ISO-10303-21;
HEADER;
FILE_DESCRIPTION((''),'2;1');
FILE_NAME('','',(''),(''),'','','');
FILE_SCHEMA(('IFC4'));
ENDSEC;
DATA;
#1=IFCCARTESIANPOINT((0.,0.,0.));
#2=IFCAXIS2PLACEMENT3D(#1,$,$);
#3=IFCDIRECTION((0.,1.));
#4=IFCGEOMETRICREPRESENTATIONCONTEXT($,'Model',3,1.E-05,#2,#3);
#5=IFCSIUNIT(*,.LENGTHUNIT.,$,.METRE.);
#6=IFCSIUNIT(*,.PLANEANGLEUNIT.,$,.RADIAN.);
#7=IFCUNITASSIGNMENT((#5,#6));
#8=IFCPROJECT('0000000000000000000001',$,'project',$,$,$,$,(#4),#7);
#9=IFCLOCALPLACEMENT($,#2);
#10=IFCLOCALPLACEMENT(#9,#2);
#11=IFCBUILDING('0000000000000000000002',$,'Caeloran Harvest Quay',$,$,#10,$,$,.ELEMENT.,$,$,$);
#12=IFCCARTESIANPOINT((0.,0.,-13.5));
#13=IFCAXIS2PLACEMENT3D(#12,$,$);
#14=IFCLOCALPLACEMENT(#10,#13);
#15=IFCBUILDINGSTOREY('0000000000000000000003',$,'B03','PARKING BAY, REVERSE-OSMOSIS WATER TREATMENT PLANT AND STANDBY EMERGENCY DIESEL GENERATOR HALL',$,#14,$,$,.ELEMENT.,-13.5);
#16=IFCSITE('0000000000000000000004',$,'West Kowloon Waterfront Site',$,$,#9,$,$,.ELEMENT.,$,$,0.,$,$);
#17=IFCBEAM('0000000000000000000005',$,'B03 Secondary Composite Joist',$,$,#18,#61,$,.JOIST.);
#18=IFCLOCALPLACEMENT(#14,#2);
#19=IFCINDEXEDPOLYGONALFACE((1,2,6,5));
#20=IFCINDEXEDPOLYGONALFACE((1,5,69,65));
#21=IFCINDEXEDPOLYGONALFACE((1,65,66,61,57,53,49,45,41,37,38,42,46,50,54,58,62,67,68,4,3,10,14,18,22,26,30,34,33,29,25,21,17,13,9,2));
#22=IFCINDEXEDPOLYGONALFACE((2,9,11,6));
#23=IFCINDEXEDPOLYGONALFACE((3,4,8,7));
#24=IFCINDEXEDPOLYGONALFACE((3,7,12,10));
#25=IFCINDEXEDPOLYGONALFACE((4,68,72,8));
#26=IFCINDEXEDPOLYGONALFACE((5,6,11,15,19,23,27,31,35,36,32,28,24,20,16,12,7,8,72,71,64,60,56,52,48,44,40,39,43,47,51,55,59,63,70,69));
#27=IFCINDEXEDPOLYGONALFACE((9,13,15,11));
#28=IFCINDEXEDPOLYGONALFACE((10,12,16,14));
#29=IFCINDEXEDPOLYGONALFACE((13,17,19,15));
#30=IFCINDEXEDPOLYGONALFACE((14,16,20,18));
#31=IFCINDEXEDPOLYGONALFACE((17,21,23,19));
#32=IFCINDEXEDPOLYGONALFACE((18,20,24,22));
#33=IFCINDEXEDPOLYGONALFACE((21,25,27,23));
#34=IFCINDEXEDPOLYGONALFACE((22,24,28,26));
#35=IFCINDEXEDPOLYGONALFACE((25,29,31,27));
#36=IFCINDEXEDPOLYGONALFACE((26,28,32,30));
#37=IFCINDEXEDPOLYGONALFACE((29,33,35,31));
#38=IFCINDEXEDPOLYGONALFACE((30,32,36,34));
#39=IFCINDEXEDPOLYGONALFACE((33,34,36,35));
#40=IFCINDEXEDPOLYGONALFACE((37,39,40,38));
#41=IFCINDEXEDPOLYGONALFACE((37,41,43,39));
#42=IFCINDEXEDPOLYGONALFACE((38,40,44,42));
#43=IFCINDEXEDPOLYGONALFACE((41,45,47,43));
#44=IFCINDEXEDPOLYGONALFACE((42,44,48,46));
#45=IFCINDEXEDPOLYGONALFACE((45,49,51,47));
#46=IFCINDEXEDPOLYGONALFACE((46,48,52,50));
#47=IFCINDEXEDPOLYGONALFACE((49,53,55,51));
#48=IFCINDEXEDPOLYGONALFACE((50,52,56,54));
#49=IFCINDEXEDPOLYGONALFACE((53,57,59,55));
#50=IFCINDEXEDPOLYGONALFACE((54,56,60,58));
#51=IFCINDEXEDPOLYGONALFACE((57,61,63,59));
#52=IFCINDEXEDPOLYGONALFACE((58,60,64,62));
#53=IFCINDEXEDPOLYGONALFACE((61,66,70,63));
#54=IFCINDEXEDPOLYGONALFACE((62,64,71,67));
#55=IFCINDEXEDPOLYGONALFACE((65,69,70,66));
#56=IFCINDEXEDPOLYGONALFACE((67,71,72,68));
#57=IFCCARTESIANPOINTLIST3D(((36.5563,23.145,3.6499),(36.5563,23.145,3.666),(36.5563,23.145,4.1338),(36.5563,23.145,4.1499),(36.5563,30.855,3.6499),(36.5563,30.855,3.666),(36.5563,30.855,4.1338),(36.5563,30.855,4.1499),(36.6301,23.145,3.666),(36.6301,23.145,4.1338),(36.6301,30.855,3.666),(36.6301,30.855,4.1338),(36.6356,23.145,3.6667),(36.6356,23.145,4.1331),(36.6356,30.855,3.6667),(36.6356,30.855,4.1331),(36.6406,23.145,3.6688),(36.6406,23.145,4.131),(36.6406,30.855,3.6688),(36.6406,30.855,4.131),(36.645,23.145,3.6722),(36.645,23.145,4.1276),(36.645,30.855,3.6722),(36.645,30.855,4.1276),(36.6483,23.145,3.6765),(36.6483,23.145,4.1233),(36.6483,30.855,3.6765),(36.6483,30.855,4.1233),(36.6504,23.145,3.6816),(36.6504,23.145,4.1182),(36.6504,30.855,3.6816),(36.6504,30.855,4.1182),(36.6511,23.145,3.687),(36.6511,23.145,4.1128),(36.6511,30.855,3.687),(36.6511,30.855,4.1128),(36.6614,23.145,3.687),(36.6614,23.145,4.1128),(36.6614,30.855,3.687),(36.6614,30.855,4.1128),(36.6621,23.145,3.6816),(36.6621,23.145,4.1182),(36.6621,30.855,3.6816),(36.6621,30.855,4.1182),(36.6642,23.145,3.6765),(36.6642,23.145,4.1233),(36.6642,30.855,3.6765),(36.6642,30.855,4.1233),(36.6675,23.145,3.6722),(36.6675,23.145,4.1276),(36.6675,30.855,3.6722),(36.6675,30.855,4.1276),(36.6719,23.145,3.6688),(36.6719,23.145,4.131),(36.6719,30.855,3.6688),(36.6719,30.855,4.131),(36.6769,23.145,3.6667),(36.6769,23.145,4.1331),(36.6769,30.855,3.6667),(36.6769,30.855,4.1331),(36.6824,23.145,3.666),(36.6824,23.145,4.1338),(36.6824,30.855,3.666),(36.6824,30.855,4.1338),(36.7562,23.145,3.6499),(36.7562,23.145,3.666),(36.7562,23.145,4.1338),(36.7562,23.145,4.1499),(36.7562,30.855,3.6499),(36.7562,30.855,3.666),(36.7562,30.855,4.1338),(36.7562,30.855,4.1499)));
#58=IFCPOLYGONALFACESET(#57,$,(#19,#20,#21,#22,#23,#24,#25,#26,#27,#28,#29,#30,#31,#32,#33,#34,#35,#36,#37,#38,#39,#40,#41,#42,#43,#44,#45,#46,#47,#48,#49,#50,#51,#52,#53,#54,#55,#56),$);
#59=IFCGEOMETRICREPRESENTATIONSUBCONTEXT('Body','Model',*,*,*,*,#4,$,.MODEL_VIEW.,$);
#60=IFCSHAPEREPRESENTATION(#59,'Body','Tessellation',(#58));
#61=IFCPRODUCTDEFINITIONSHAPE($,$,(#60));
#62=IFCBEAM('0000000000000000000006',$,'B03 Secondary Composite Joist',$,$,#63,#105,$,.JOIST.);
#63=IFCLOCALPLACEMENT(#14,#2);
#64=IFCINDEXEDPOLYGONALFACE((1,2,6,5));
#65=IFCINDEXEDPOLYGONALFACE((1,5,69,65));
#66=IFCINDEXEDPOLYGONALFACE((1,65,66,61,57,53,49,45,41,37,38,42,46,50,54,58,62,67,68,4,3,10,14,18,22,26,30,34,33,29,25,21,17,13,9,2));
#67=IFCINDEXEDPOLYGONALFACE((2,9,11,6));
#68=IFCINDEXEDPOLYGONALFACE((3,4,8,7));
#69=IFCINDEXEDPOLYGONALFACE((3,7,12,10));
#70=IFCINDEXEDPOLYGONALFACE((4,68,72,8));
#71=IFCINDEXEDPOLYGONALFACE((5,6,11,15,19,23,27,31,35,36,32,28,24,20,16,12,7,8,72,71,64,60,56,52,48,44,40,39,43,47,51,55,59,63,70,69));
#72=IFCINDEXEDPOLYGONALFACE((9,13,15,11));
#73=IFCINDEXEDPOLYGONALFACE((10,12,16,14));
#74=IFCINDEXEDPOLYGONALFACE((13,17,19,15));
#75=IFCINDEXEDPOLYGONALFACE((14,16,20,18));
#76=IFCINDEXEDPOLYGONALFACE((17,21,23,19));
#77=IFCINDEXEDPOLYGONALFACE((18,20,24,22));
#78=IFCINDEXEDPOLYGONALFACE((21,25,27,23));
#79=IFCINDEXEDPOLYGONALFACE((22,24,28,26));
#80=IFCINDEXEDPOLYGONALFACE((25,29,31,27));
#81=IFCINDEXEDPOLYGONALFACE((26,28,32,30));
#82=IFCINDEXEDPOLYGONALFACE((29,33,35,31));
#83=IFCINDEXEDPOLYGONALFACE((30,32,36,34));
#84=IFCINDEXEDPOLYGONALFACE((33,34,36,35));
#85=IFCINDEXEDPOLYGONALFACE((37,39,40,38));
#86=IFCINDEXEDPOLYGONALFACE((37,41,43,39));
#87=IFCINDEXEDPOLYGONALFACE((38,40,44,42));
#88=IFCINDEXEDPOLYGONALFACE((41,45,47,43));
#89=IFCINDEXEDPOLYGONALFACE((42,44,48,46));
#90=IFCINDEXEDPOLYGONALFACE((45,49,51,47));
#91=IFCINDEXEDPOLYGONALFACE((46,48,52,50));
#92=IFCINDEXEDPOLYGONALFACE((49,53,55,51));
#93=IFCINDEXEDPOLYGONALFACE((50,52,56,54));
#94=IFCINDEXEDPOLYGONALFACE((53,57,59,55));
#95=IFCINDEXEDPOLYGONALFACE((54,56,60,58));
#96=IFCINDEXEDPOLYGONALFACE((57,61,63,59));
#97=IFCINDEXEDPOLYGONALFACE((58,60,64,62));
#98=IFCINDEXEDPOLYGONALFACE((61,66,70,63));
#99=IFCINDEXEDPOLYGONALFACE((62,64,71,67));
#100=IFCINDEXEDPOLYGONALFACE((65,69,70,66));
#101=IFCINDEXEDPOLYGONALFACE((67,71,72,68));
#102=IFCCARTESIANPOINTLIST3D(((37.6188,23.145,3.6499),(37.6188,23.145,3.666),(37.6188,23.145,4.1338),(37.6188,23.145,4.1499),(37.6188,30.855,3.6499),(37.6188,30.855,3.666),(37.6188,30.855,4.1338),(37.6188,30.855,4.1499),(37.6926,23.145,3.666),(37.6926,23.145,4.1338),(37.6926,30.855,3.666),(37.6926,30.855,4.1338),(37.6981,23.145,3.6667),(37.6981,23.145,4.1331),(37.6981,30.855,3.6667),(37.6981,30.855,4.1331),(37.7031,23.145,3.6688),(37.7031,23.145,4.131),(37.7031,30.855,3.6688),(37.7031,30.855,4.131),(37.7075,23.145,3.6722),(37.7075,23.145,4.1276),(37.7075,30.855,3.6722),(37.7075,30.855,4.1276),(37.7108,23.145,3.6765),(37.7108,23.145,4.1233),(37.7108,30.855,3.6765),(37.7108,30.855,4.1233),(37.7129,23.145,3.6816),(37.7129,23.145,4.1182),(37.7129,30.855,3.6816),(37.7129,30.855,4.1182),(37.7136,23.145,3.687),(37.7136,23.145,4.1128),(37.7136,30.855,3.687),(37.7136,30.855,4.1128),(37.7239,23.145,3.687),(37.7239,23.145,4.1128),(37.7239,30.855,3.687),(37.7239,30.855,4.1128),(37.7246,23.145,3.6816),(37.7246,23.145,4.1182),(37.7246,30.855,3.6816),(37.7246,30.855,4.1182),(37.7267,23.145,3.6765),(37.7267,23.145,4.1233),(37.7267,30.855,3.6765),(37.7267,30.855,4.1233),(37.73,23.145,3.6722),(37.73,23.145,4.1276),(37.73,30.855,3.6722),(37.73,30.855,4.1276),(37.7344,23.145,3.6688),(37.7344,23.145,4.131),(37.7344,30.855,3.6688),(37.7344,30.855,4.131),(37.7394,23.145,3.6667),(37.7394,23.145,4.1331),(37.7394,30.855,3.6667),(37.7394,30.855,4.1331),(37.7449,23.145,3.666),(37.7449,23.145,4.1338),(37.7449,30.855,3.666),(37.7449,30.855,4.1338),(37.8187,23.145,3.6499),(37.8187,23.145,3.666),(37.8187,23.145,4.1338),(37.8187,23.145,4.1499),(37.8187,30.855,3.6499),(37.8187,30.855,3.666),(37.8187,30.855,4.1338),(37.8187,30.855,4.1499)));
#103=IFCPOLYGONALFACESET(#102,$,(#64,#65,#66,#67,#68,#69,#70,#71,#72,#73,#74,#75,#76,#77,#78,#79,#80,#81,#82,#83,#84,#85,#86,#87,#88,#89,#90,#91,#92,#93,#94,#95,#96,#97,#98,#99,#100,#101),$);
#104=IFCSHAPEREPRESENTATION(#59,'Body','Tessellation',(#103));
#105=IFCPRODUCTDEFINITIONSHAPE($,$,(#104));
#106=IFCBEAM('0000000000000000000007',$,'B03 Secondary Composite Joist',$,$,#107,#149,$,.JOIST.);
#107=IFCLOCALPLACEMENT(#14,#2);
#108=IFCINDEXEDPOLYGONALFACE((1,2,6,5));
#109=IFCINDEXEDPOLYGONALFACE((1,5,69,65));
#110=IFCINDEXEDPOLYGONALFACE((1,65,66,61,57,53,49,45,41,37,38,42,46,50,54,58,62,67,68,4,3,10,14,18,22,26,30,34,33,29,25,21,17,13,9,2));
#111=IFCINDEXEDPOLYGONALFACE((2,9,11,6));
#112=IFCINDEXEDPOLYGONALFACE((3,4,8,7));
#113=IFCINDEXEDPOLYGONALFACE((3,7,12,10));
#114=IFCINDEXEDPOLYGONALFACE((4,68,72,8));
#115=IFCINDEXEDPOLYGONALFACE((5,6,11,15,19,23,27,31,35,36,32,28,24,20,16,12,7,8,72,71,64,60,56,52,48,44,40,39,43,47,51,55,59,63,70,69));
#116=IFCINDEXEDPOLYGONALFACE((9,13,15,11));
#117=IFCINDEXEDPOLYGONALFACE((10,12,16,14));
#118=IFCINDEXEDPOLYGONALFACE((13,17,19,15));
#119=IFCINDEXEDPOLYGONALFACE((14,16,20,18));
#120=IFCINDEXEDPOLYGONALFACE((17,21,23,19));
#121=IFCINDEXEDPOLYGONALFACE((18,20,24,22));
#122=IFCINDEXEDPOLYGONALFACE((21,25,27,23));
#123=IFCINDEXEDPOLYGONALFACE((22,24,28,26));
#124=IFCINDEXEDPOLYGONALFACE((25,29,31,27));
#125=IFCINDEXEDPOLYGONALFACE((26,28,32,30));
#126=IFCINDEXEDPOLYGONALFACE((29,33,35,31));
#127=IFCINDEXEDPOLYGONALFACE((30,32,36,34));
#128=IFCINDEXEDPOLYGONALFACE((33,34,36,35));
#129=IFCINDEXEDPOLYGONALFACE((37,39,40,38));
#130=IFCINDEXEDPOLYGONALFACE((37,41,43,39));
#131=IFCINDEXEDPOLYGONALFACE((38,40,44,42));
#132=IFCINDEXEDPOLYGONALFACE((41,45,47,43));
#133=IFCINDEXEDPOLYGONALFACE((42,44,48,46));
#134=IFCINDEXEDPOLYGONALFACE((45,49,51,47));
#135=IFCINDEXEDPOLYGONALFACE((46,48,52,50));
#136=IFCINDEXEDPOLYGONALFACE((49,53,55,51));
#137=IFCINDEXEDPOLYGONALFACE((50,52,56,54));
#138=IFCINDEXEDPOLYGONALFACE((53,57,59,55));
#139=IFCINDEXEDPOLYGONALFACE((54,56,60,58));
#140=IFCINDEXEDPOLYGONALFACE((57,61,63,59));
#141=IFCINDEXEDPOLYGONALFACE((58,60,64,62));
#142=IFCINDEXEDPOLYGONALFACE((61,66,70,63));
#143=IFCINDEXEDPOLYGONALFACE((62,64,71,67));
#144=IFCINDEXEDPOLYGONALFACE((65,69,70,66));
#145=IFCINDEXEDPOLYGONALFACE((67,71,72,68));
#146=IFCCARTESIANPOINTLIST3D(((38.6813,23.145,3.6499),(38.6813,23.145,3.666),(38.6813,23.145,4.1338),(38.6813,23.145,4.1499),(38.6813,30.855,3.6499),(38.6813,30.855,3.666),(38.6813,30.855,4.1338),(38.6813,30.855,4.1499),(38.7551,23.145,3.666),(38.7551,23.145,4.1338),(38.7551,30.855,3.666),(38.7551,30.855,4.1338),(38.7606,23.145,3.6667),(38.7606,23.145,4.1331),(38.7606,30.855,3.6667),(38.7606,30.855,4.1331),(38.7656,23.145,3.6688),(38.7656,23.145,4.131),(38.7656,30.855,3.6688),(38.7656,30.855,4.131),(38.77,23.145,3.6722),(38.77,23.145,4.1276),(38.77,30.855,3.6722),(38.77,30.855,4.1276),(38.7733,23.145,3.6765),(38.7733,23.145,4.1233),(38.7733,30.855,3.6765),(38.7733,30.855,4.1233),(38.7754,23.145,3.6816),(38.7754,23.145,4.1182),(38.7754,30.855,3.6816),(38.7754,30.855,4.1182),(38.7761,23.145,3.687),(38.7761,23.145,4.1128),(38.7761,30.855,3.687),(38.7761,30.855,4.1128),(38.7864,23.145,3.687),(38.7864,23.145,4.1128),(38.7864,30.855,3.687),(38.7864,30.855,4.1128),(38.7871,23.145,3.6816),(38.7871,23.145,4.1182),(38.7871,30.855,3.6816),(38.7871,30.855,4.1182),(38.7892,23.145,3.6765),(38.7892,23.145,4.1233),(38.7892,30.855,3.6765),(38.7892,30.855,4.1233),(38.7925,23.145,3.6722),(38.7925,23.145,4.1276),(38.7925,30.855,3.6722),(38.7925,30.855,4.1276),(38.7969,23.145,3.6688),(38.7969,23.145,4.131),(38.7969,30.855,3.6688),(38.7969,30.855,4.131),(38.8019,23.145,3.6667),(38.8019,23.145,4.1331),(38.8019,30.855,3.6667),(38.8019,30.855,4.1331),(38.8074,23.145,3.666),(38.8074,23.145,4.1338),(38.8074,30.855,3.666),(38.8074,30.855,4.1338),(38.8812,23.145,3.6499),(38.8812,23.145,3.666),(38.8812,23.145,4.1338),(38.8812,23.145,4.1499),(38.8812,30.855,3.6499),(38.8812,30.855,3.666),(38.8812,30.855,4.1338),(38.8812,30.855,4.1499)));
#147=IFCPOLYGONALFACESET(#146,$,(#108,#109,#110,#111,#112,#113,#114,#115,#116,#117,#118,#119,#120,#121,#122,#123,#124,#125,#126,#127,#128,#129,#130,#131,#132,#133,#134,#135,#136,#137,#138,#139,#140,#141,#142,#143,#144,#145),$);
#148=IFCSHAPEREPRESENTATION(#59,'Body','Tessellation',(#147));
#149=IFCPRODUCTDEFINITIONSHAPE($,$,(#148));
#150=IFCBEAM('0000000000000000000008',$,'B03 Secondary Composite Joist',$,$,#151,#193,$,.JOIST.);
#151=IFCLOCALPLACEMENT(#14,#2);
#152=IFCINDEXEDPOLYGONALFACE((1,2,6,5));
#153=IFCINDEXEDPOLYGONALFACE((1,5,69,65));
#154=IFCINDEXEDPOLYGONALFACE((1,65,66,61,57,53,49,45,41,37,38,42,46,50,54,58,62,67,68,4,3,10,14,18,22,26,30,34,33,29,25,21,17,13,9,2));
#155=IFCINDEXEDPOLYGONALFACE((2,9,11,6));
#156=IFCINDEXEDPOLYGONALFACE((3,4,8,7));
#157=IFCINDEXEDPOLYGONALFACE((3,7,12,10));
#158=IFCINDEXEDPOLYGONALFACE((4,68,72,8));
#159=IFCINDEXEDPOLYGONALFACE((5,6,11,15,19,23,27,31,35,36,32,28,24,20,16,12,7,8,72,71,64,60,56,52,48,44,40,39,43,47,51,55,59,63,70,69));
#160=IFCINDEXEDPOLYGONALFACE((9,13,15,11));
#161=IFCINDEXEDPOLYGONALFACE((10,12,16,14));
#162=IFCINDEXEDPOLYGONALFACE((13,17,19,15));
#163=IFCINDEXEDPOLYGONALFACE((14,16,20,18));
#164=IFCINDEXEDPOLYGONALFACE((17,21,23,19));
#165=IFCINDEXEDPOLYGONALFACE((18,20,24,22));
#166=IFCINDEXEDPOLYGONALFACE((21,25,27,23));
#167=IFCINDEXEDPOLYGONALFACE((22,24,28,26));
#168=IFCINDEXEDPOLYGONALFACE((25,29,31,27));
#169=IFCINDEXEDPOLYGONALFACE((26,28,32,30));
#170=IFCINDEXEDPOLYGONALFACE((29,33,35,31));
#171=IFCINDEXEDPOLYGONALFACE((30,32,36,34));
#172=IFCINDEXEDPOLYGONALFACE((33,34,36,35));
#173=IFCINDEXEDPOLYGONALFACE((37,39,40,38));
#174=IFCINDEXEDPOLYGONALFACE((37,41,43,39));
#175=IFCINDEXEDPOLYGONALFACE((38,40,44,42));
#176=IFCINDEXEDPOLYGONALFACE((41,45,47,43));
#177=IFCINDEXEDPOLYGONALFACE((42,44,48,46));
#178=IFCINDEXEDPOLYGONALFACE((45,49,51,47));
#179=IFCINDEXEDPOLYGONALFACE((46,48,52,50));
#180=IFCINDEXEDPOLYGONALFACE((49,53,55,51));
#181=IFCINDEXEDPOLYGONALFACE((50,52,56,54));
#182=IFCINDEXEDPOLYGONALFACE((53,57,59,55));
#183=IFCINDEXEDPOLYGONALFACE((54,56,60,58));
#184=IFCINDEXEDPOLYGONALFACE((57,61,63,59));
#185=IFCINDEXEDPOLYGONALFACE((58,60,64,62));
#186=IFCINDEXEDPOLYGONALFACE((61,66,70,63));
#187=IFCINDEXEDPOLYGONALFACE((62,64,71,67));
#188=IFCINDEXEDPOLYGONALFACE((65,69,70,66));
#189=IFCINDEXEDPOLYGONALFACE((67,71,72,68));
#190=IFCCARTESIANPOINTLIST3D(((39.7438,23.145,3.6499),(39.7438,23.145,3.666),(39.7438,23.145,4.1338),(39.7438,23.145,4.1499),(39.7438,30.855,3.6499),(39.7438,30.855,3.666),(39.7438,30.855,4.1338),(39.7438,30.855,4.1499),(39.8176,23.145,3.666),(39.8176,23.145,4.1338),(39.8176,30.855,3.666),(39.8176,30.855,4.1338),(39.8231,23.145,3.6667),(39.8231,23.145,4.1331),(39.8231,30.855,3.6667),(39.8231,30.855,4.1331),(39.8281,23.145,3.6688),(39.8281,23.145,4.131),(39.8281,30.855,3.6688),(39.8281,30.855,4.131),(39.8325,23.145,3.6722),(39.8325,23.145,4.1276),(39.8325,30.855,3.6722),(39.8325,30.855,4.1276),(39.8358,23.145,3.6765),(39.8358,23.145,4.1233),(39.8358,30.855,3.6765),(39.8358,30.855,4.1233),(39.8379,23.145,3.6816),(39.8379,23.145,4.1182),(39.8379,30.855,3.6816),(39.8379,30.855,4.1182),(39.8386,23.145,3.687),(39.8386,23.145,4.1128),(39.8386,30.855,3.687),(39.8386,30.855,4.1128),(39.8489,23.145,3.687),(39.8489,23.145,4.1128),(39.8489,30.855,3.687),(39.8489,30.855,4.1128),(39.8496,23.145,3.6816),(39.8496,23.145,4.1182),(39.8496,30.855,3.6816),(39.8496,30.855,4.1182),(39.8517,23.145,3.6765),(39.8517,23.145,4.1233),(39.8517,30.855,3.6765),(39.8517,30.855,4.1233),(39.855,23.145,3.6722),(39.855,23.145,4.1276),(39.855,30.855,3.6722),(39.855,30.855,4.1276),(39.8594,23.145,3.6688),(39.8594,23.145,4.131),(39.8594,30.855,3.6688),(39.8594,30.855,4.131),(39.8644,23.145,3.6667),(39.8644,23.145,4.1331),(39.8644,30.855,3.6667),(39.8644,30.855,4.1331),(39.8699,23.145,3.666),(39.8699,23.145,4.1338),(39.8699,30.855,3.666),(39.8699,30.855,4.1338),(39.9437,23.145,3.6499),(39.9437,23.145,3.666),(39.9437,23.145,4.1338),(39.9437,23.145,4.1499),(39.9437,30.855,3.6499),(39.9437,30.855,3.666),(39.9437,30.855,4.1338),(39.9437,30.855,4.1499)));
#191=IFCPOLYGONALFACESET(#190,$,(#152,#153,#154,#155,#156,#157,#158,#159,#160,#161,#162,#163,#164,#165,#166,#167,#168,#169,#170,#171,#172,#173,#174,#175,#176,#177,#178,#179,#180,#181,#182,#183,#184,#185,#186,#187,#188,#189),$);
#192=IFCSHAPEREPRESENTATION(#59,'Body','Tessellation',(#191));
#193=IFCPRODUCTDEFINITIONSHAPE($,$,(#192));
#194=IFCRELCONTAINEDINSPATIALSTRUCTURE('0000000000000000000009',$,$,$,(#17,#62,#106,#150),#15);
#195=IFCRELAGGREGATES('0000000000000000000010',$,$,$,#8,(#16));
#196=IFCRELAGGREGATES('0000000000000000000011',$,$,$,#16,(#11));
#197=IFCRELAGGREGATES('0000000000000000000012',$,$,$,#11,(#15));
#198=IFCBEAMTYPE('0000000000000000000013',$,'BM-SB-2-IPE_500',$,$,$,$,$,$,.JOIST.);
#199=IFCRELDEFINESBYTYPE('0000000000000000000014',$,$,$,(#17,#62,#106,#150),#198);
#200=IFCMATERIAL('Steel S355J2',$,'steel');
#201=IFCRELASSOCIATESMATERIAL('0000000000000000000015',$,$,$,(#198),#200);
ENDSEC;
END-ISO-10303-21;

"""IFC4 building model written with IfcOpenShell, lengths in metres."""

from ifc_helpers import new_model, si_unit, direction, frame, origin, origin_2d, place, context, subcontext, project, spatial, i_section, extrude, material, material_profile, profile_set, type_object, element, save


model = new_model("IFC4")

# Units and contexts
model_context = context("Model", 3, precision=1e-05, world=origin(), true_north=direction((0.0, 1.0)))
body_context = subcontext(model_context, "Body", "Model", "MODEL_VIEW")
ifc_project = project(units=[si_unit("LENGTHUNIT", "METRE"), si_unit("PLANEANGLEUNIT", "RADIAN")], contexts=[model_context])

# Site, building, storey
site_placement = place(None, origin())
site = spatial("IfcSite", under=ifc_project, at=site_placement, Name="West Kowloon Waterfront Site", CompositionType="ELEMENT", RefElevation=0.0)
building_placement = place(site_placement, origin())
building = spatial("IfcBuilding", under=site, at=building_placement, Name="Caeloran Harvest Quay", CompositionType="ELEMENT")
storey_placement = place(building_placement, frame((0.0, 0.0, -13.5)))
storey = spatial("IfcBuildingStorey", under=building, at=storey_placement, Name="B03", Description="PARKING BAY, REVERSE-OSMOSIS WATER TREATMENT PLANT AND STANDBY EMERGENCY DIESEL GENERATOR HALL", CompositionType="ELEMENT", Elevation=-13.5)

# Beams
ifc_material_1 = material(Name="Steel S355J2", Category="steel")
ifc_material_profile_1 = material_profile(ifc_material_1, i_section(OverallWidth=0.2, OverallDepth=0.5, WebThickness=0.0103, FlangeThickness=0.0161, FilletRadius=0.021, at=origin_2d()), Name="IPE 500")
ifc_profile_set_1 = profile_set([ifc_material_profile_1], Name="Steel S355J2")
beam_type_1 = type_object("IfcBeamType", Name="BM-SB-2-IPE_500", PredefinedType="JOIST", material=ifc_profile_set_1)
for number, where, z_axis, x_axis, name in (
    (1, (36.6562, 23.145, 3.8999), (0.0, 1.0, 0.0), (-1.0, 0.0, 0.0), "B03 Secondary Composite Joist"),
    (2, (37.7188, 23.145, 3.8999), (0.0, 1.0, 0.0), (-1.0, 0.0, 0.0), "B03 Secondary Composite Joist"),
    (3, (38.7812, 23.145, 3.8999), (0.0, 1.0, 0.0), (-1.0, 0.0, 0.0), "B03 Secondary Composite Joist"),
    (4, (39.8438, 23.145, 3.8999), (0.0, 1.0, 0.0), (-1.0, 0.0, 0.0), "B03 Secondary Composite Joist"),
):
    element("IfcBeam", number, at=place(storey_placement, frame(where, z_axis=z_axis, x_axis=x_axis)), inside=storey, type_object=beam_type_1, Name=name, PredefinedType="JOIST", context=body_context, shape_type="SweptSolid", body=[
        extrude(i_section(OverallWidth=0.2, OverallDepth=0.5, WebThickness=0.0103, FlangeThickness=0.0161, FilletRadius=0.021, at=origin_2d()), origin(), (0.0, 0.0, 1.0), 7.71),
    ])

save(model, "model.ifc")
